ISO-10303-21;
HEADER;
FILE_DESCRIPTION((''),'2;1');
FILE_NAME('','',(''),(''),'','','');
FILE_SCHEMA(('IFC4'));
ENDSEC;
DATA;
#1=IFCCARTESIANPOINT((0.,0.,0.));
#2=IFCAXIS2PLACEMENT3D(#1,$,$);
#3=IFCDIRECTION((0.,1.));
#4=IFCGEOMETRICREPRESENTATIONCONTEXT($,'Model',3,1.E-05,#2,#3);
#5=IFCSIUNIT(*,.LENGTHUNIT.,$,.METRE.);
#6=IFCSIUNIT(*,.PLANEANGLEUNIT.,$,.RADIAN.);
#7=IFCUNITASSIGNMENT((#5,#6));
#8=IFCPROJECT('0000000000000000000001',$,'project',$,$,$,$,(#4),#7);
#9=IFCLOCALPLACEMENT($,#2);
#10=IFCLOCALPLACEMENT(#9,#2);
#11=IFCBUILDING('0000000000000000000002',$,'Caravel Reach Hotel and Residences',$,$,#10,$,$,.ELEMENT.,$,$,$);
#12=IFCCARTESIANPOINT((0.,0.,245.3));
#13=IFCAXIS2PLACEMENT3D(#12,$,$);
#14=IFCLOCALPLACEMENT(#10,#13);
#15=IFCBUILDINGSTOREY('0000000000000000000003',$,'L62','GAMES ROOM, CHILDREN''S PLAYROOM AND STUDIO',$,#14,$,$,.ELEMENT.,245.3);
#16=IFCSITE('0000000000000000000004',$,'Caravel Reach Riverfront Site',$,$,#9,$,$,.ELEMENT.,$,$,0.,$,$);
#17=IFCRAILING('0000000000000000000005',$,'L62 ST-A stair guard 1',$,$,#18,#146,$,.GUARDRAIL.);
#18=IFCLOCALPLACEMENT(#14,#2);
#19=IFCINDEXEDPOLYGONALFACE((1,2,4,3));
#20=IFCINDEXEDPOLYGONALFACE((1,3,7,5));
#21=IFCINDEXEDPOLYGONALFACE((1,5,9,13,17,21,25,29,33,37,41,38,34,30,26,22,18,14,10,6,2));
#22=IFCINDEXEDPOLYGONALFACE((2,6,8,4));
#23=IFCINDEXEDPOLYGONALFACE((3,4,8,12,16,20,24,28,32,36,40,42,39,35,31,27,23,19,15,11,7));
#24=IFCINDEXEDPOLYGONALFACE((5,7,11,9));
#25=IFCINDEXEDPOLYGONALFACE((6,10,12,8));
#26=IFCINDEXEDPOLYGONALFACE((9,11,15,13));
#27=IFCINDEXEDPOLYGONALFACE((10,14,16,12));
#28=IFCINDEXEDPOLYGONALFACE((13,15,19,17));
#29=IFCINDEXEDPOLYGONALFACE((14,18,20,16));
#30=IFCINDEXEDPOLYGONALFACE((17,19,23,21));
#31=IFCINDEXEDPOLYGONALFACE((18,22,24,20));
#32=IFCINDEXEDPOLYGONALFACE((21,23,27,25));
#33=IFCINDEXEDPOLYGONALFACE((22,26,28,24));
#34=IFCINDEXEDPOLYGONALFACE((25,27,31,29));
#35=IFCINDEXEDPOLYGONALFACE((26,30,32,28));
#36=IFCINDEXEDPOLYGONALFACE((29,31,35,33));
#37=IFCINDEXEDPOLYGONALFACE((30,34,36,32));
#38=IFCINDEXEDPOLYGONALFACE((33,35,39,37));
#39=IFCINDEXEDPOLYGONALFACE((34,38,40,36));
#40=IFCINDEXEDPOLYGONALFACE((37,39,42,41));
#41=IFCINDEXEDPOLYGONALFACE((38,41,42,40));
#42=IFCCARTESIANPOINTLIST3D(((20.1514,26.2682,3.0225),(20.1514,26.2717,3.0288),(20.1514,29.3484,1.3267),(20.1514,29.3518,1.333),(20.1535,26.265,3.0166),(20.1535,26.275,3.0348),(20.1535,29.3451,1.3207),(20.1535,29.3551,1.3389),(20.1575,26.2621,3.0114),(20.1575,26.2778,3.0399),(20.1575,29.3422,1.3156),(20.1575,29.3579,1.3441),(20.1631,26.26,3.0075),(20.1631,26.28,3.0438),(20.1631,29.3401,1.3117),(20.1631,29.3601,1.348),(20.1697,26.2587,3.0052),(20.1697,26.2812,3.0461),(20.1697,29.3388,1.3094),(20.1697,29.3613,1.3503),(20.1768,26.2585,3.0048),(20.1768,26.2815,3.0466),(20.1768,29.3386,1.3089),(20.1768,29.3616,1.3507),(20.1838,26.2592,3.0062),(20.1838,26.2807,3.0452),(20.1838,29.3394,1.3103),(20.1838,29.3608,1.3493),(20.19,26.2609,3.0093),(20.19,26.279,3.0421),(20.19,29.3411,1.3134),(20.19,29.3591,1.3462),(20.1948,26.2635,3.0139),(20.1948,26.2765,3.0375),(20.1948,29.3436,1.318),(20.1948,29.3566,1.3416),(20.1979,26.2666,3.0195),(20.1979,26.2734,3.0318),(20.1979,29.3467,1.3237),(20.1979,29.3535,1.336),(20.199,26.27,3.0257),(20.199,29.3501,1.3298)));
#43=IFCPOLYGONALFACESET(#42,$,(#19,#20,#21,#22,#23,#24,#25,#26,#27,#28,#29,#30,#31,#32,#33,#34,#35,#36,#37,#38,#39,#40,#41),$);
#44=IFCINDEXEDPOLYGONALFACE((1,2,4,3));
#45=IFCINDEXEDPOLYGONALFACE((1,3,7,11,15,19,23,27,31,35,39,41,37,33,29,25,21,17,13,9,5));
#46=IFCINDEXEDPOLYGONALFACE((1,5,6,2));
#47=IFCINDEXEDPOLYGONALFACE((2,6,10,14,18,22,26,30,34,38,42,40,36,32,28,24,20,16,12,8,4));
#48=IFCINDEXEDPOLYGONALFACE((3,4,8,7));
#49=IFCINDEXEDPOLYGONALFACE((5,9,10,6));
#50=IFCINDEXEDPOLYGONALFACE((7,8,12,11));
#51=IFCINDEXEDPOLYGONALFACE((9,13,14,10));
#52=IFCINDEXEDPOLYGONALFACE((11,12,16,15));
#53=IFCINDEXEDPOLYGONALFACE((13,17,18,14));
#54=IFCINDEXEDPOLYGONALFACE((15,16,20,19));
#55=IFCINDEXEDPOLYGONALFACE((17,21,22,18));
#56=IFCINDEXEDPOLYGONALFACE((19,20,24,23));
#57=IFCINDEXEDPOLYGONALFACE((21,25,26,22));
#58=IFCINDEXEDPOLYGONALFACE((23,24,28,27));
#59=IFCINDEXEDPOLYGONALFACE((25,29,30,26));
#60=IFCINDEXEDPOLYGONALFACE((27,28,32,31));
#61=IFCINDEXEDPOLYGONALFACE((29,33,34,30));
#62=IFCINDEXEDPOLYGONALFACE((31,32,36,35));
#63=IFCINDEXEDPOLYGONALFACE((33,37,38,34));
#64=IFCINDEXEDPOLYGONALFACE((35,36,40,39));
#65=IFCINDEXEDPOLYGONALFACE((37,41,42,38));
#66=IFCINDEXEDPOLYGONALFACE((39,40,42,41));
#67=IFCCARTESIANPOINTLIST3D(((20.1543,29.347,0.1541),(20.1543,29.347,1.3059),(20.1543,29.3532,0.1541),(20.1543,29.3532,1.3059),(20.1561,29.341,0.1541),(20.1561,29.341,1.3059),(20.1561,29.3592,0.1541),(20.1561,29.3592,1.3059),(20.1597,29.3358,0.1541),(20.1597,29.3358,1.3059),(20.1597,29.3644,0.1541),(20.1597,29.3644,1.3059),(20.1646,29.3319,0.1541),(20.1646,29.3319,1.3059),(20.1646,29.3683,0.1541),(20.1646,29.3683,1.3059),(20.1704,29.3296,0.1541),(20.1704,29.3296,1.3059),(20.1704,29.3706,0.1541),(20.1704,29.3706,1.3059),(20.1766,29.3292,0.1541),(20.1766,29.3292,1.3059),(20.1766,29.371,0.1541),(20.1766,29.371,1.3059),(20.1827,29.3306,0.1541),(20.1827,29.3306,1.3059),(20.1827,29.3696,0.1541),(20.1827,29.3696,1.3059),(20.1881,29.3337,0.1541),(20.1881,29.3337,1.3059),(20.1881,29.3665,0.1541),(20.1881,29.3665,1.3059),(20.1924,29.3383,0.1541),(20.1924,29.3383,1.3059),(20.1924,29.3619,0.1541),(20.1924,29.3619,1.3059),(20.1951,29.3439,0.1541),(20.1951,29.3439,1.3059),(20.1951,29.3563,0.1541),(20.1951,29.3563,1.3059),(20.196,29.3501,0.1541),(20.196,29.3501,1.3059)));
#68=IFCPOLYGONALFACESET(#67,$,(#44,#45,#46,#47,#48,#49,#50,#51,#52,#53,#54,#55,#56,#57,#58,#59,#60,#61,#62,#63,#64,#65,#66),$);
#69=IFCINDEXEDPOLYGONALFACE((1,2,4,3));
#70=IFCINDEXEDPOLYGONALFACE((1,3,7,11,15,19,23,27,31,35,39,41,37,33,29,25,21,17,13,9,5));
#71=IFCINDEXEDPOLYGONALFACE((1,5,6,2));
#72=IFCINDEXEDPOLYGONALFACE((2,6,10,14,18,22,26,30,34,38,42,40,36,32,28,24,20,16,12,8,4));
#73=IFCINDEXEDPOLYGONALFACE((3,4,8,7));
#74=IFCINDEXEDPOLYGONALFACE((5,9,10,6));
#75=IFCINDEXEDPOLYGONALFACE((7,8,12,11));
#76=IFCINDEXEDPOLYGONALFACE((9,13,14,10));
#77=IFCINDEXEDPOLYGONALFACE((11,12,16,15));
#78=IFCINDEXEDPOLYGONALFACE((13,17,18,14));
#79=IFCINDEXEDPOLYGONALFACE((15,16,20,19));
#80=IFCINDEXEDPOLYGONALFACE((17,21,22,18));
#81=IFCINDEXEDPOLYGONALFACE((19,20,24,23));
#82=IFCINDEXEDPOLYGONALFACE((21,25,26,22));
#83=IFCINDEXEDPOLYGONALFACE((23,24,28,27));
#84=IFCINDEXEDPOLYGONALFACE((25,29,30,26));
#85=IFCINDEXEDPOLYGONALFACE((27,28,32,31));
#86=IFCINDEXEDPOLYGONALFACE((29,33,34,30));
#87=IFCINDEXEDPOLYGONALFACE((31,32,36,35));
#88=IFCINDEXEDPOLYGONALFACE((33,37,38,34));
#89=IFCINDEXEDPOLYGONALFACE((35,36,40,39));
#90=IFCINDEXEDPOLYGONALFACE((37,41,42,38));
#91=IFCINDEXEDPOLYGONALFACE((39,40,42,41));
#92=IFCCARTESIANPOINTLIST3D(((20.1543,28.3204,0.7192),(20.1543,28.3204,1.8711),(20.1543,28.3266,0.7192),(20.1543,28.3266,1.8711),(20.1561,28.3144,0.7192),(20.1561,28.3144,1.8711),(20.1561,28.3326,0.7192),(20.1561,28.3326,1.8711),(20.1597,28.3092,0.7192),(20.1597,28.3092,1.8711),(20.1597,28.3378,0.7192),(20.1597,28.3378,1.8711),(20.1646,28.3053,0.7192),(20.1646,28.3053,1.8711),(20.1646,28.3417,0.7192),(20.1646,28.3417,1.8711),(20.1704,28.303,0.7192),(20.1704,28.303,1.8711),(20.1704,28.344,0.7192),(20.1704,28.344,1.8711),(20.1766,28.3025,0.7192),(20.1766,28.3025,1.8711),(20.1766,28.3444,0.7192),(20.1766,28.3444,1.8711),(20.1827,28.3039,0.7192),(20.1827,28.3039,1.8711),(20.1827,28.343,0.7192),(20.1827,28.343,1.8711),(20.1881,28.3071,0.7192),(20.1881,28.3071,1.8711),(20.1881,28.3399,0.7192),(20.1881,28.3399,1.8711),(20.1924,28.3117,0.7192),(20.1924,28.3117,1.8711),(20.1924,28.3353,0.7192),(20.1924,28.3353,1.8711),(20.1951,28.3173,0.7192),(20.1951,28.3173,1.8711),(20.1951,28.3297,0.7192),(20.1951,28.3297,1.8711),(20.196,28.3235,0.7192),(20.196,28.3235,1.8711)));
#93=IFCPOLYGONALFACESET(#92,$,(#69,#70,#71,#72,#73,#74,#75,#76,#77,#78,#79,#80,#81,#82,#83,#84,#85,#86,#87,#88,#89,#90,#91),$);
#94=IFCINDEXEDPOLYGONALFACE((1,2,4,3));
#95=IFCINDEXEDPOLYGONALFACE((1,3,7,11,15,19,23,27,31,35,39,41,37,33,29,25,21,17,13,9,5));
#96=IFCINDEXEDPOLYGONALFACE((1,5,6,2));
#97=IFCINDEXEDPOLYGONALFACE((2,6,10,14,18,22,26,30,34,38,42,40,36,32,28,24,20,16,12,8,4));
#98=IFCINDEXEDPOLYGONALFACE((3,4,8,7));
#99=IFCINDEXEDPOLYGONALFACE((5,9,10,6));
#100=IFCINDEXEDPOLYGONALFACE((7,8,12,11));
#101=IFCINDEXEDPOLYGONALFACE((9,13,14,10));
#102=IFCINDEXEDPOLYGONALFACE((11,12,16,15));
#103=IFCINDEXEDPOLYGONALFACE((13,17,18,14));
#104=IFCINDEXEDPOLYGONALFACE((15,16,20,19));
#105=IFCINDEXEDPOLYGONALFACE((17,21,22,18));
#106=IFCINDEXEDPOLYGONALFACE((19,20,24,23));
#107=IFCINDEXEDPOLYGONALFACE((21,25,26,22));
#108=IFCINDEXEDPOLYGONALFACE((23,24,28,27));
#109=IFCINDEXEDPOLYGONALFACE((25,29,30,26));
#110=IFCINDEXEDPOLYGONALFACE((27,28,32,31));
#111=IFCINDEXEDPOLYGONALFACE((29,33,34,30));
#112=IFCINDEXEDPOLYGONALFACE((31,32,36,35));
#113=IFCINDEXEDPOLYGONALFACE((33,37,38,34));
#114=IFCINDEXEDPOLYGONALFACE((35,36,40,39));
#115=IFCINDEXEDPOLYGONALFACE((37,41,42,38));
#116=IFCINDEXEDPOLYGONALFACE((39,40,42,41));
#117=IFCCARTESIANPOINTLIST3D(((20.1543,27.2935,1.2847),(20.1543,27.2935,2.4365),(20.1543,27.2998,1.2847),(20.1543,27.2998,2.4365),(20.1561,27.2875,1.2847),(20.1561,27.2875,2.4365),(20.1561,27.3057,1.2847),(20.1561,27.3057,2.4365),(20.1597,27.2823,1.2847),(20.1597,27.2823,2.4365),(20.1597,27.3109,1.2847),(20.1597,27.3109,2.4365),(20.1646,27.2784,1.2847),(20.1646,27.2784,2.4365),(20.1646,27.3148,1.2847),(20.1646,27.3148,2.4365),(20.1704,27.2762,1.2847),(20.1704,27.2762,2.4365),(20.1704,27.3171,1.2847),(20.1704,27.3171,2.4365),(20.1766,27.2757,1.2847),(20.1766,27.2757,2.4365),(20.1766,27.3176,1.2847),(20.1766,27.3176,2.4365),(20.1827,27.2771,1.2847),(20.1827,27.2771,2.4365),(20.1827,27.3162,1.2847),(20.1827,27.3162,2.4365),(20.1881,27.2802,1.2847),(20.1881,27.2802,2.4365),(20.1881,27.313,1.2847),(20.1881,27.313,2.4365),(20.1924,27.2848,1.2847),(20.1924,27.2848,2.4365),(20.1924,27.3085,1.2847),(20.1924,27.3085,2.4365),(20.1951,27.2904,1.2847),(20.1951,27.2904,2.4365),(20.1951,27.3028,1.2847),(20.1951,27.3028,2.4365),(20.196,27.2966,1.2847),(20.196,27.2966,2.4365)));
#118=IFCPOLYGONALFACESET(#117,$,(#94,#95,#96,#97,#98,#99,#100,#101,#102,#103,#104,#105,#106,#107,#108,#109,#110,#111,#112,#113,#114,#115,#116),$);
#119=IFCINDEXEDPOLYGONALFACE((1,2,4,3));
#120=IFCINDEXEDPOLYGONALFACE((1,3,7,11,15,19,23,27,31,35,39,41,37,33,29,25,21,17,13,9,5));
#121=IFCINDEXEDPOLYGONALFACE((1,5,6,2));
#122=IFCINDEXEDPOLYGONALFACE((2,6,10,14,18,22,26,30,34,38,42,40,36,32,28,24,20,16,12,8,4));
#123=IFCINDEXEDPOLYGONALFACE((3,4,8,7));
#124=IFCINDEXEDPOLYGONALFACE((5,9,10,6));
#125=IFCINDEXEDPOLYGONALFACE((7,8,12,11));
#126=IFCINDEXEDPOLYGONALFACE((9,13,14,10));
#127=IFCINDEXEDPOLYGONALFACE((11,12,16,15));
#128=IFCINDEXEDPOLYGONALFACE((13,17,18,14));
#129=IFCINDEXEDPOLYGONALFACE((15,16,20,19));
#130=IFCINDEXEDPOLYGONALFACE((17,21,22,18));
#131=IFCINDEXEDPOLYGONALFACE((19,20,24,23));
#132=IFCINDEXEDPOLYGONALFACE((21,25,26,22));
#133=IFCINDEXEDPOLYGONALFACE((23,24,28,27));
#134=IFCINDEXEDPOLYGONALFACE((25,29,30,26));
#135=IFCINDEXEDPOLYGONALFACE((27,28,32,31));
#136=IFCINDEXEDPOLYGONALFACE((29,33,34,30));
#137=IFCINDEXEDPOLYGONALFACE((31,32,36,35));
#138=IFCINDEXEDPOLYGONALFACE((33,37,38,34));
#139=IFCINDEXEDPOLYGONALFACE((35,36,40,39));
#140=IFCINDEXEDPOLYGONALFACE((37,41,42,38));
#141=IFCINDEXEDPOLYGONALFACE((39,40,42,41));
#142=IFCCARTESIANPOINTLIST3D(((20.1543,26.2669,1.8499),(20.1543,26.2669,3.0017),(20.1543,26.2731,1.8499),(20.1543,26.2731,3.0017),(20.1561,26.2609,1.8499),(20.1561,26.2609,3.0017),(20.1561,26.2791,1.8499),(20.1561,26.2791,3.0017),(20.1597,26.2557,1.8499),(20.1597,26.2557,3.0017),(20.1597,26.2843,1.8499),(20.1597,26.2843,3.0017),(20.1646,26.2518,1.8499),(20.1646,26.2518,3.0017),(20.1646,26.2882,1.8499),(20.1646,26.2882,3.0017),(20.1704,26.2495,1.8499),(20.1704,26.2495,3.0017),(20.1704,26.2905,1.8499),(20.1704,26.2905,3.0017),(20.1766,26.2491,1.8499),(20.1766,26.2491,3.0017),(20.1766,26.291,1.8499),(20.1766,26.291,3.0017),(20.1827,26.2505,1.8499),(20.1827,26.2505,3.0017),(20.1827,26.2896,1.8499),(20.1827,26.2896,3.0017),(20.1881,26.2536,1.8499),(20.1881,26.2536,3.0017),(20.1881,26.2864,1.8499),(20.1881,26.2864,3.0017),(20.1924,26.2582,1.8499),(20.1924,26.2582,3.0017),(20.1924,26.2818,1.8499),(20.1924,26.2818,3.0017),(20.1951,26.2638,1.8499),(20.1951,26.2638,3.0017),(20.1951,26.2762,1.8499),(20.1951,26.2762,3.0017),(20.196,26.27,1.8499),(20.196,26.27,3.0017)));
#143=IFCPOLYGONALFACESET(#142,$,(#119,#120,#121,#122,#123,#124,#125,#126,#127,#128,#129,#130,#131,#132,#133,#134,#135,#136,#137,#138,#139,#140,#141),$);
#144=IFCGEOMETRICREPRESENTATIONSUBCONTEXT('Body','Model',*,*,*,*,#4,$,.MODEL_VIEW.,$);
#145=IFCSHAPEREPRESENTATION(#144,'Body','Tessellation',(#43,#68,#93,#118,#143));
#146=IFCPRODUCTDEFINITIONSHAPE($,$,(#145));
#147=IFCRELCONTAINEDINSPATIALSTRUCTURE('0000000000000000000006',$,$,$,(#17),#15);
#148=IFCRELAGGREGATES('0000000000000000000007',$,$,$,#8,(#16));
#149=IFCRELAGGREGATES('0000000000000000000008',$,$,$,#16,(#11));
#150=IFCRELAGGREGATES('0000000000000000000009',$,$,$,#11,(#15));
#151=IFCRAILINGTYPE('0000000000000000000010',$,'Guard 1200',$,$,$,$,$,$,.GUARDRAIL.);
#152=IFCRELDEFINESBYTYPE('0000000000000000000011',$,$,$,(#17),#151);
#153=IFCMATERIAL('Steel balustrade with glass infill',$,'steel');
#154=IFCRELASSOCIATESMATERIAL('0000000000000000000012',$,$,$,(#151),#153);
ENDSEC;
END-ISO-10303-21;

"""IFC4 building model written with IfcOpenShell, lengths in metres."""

from ifc_helpers import new_model, si_unit, direction, frame, origin, origin_2d, place, context, subcontext, project, spatial, circle, extrude, material, type_object, element, save


model = new_model("IFC4")

# Units and contexts
model_context = context("Model", 3, precision=1e-05, world=origin(), true_north=direction((0.0, 1.0)))
body_context = subcontext(model_context, "Body", "Model", "MODEL_VIEW")
ifc_project = project(units=[si_unit("LENGTHUNIT", "METRE"), si_unit("PLANEANGLEUNIT", "RADIAN")], contexts=[model_context])

# Site, building, storey
site_placement = place(None, origin())
site = spatial("IfcSite", under=ifc_project, at=site_placement, Name="Caravel Reach Riverfront Site", CompositionType="ELEMENT", RefElevation=0.0)
building_placement = place(site_placement, origin())
building = spatial("IfcBuilding", under=site, at=building_placement, Name="Caravel Reach Hotel and Residences", CompositionType="ELEMENT")
storey_placement = place(building_placement, frame((0.0, 0.0, 245.3)))
storey = spatial("IfcBuildingStorey", under=building, at=storey_placement, Name="L62", Description="GAMES ROOM, CHILDREN'S PLAYROOM AND STUDIO", CompositionType="ELEMENT", Elevation=245.3)

# Railing
ifc_material_1 = material(Name="Steel balustrade with glass infill", Category="steel")
railing_type_1 = type_object("IfcRailingType", Name="Guard 1200", PredefinedType="GUARDRAIL", material=ifc_material_1)
railing_1_placement = place(storey_placement, frame((20.175, 29.3501, 0.1541)))
element("IfcRailing", 1, at=railing_1_placement, inside=storey, type_object=railing_type_1, Name="L62 ST-A stair guard 1", PredefinedType="GUARDRAIL", context=body_context, shape_type="SweptSolid", body=[
    extrude(circle(Radius=0.0239, at=origin_2d()), frame((0.0, 0.0, 1.1758), z_axis=(0.0, -0.876005, 0.482303), x_axis=(1.0, 0.0, 0.0)), (0.0, 0.0, 1.0), 3.5161),
    extrude(circle(Radius=0.021, at=origin_2d()), origin(), (0.0, 0.0, 1.0), 1.1519),
    extrude(circle(Radius=0.021, at=origin_2d()), frame((0.0, -1.0266, 0.5652)), (0.0, 0.0, 1.0), 1.1519),
    extrude(circle(Radius=0.021, at=origin_2d()), frame((0.0, -2.0535, 1.1306)), (0.0, 0.0, 1.0), 1.1519),
    extrude(circle(Radius=0.021, at=origin_2d()), frame((0.0, -3.0801, 1.6958)), (0.0, 0.0, 1.0), 1.1519),
])

save(model, "model.ifc")
